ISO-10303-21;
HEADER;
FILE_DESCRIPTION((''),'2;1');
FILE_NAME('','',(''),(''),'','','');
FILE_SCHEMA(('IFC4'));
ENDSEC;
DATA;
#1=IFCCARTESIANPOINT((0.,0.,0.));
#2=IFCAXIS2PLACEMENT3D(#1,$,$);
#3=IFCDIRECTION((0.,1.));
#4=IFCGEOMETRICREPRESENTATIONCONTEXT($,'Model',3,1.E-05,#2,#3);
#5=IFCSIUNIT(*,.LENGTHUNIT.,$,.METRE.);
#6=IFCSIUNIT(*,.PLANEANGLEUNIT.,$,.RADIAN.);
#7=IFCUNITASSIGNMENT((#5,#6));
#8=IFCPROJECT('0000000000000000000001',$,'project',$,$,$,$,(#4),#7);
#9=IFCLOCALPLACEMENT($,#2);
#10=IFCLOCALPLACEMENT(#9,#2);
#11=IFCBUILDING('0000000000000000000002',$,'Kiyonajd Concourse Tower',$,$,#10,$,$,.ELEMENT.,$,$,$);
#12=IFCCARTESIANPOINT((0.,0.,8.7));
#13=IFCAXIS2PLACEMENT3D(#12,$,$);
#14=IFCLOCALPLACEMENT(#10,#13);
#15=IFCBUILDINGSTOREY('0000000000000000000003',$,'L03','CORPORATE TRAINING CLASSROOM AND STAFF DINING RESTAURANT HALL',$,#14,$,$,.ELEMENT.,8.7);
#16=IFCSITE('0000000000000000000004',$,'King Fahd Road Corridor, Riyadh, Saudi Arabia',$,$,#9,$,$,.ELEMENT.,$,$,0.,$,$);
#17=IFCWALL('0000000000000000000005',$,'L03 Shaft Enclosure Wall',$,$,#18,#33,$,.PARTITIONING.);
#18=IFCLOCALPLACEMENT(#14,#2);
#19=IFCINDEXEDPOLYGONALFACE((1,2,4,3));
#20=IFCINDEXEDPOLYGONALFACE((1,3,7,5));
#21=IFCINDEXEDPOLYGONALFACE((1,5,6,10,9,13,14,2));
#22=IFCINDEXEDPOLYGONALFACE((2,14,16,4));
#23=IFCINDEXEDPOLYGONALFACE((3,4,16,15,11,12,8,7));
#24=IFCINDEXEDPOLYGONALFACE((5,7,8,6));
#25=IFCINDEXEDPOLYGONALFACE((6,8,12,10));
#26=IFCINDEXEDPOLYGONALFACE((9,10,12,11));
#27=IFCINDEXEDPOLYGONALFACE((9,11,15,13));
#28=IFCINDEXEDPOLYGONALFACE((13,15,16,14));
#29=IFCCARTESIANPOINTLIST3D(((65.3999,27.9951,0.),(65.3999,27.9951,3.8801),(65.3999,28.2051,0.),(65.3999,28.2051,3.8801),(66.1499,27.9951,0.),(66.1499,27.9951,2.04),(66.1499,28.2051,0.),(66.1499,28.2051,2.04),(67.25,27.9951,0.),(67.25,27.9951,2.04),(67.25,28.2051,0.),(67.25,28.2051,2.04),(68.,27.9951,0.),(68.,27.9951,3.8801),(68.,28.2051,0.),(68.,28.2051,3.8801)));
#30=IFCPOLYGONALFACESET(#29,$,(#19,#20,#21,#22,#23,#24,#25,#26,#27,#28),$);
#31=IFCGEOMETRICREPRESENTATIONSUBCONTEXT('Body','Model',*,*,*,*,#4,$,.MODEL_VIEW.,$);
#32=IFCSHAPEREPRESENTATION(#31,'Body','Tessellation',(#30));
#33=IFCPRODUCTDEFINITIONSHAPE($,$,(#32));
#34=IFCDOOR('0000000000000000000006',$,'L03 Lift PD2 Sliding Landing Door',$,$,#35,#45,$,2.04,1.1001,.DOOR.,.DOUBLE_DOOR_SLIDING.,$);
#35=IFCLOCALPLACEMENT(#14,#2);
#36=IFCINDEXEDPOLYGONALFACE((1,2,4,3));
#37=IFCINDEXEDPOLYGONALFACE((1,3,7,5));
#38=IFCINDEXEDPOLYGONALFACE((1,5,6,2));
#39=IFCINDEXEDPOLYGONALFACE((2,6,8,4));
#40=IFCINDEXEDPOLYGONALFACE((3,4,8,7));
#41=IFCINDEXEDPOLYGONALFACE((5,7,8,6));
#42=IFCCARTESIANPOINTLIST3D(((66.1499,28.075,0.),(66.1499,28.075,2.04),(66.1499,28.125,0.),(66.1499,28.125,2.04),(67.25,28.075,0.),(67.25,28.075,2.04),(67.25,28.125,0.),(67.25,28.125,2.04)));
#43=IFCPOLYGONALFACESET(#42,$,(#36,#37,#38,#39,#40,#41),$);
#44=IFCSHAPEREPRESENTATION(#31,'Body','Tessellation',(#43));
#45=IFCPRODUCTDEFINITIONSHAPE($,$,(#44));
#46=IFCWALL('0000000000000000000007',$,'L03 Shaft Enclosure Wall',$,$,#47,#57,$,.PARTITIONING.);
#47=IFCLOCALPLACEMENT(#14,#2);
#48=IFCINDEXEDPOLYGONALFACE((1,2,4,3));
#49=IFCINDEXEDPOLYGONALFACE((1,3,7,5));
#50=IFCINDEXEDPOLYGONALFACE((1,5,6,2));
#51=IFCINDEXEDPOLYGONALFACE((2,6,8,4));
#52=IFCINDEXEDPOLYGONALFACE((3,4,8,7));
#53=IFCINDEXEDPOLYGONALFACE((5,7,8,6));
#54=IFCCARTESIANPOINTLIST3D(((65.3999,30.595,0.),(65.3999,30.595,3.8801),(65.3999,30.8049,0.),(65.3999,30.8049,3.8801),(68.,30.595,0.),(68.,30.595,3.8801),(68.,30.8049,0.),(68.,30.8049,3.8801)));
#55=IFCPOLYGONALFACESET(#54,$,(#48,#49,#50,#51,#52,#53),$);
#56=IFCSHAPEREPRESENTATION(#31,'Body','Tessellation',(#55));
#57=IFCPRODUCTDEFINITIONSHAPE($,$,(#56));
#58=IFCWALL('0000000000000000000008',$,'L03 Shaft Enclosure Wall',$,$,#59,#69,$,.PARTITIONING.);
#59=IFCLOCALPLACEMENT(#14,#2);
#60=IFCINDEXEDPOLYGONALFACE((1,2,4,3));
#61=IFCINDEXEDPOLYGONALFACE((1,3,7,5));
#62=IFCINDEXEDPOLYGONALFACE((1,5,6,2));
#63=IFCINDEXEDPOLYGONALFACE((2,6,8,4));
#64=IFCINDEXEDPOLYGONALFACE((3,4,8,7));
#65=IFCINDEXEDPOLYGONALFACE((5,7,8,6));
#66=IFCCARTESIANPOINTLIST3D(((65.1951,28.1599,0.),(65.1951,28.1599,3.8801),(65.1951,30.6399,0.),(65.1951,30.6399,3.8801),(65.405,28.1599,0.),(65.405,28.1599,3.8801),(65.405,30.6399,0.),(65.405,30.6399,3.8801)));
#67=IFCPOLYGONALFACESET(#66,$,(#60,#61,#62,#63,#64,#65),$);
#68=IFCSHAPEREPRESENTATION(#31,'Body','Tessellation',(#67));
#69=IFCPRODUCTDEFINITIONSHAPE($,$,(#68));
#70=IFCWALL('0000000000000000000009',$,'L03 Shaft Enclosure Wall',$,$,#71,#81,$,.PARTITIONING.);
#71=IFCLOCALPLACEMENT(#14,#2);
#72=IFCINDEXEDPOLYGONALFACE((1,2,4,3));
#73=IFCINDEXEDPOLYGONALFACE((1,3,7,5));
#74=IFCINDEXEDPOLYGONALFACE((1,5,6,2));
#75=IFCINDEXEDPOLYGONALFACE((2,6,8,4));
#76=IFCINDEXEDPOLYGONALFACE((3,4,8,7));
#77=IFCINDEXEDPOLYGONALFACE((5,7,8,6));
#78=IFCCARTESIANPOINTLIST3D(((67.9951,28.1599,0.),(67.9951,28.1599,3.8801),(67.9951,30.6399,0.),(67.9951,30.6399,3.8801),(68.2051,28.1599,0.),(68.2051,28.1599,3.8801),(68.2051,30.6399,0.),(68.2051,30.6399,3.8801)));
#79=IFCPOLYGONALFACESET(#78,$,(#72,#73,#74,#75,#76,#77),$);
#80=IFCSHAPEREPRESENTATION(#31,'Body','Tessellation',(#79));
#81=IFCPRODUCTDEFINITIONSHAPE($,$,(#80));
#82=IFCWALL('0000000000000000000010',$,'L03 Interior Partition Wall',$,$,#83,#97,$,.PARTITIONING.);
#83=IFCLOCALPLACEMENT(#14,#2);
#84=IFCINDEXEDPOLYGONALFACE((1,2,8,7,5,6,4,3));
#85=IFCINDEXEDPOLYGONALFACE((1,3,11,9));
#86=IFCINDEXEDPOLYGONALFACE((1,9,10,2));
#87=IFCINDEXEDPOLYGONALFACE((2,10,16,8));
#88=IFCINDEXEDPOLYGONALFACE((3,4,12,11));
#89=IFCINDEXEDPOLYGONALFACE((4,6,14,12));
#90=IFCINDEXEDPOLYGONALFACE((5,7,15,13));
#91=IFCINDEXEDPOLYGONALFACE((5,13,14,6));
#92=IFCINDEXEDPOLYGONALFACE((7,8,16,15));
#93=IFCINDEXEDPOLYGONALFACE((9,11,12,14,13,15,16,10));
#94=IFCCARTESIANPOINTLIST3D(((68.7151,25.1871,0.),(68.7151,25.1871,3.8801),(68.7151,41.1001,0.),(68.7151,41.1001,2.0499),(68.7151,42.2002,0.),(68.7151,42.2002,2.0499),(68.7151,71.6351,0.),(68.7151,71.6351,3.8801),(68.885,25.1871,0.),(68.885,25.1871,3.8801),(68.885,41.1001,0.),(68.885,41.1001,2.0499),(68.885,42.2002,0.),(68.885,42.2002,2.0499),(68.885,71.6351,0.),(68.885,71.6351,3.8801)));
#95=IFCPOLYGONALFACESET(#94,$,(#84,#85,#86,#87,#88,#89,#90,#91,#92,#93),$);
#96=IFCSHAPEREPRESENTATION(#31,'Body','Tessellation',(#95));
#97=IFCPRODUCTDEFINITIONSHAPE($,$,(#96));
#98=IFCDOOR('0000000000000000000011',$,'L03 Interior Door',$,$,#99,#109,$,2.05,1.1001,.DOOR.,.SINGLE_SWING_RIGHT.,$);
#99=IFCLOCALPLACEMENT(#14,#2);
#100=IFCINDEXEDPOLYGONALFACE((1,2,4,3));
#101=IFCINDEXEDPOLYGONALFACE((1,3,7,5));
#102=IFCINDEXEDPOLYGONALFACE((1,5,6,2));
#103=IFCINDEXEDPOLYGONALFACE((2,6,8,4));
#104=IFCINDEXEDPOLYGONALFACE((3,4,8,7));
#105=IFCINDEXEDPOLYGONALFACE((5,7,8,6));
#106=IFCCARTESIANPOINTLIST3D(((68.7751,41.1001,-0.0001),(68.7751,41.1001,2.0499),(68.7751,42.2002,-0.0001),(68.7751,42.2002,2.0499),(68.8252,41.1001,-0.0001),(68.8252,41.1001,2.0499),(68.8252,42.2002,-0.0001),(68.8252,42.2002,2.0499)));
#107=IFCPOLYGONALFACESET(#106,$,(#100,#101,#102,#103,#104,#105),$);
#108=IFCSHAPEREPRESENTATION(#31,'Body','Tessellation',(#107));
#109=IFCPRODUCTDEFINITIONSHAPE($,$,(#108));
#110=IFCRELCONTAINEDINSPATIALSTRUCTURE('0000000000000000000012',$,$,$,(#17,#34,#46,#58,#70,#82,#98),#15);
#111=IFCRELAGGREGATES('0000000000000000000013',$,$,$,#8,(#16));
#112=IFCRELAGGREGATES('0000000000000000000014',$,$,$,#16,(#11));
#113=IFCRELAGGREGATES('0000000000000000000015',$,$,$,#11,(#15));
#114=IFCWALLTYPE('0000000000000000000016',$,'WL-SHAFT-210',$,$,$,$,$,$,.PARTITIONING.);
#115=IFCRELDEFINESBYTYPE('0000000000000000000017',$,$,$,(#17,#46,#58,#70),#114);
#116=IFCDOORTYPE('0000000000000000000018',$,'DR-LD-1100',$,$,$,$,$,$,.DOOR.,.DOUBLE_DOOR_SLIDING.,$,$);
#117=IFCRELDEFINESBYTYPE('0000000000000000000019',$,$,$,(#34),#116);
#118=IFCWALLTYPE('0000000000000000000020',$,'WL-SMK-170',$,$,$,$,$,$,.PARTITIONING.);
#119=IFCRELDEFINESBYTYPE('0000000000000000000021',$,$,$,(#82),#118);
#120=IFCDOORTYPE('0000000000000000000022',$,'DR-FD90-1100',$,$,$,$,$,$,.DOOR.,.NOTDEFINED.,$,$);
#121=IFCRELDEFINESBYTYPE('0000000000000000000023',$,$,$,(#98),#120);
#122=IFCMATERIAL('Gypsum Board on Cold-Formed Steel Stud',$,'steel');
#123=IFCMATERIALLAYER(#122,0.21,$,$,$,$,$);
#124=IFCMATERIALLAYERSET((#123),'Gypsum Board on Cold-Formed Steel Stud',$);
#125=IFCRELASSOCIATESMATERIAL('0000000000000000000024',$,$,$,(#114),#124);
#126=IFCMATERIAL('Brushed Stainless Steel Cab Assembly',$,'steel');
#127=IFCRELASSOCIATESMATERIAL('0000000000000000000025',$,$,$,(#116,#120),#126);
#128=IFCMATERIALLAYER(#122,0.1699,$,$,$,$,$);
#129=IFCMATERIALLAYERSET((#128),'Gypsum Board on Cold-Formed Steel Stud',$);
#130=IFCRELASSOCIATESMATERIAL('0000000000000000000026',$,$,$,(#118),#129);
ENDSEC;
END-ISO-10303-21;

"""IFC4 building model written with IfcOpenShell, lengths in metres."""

from ifc_helpers import new_model, si_unit, direction, frame, frame_2d, origin, place, context, subcontext, project, spatial, rectangle, extrude, material, layer, layer_set, type_object, element, fill, save


model = new_model("IFC4")

# Units and contexts
model_context = context("Model", 3, precision=1e-05, world=origin(), true_north=direction((0.0, 1.0)))
body_context = subcontext(model_context, "Body", "Model", "MODEL_VIEW")
ifc_project = project(units=[si_unit("LENGTHUNIT", "METRE"), si_unit("PLANEANGLEUNIT", "RADIAN")], contexts=[model_context])

# Site, building, storey
site_placement = place(None, origin())
site = spatial("IfcSite", under=ifc_project, at=site_placement, Name="King Fahd Road Corridor, Riyadh, Saudi Arabia", CompositionType="ELEMENT", RefElevation=0.0)
building_placement = place(site_placement, origin())
building = spatial("IfcBuilding", under=site, at=building_placement, Name="Kiyonajd Concourse Tower", CompositionType="ELEMENT")
storey_placement = place(building_placement, frame((0.0, 0.0, 8.7)))
storey = spatial("IfcBuildingStorey", under=building, at=storey_placement, Name="L03", Description="CORPORATE TRAINING CLASSROOM AND STAFF DINING RESTAURANT HALL", CompositionType="ELEMENT", Elevation=8.7)

# Wall, opening, door
ifc_material_1 = material(Name="Gypsum Board on Cold-Formed Steel Stud", Category="steel")
ifc_layer_1 = layer(ifc_material_1, 0.21)
ifc_layer_set_1 = layer_set([ifc_layer_1], Name="Gypsum Board on Cold-Formed Steel Stud")
wall_type_1 = type_object("IfcWallType", Name="WL-SHAFT-210", PredefinedType="PARTITIONING", material=ifc_layer_set_1)
wall_1_placement = place(storey_placement, frame((65.3999, 28.1001, 0.0), z_axis=(0.0, 0.0, 1.0), x_axis=(1.0, 0.0, 0.0)))
wall_1 = element("IfcWall", 1, at=wall_1_placement, inside=storey, type_object=wall_type_1, Name="L03 Shaft Enclosure Wall", PredefinedType="PARTITIONING", context=body_context, shape_type="SweptSolid", body=[
    extrude(rectangle(XDim=2.6001, YDim=0.21, at=frame_2d((1.3, 0.0))), origin(), (0.0, 0.0, 1.0), 3.8801),
])
opening_1_placement = place(wall_1_placement, frame((0.75, 0.0, 0.0)))
opening_1 = element("IfcOpeningElement", 2, at=opening_1_placement, cuts=wall_1, PredefinedType="OPENING", context=body_context, shape_type="SweptSolid", body=[
    extrude(rectangle(XDim=1.1001, YDim=2.04, at=frame_2d((0.55, 1.02))), frame((0.0, 0.115, 0.0), z_axis=(0.0, -1.0, 0.0), x_axis=(1.0, 0.0, 0.0)), (0.0, 0.0, 1.0), 0.23),
])
ifc_material_2 = material(Name="Brushed Stainless Steel Cab Assembly", Category="steel")
door_type_1 = type_object("IfcDoorType", Name="DR-LD-1100", OperationType="DOUBLE_DOOR_SLIDING", PredefinedType="DOOR", material=ifc_material_2)
door_1_placement = place(opening_1_placement, origin())
door_1 = element("IfcDoor", 3, at=door_1_placement, inside=storey, type_object=door_type_1, Name="L03 Lift PD2 Sliding Landing Door", OperationType="DOUBLE_DOOR_SLIDING", OverallHeight=2.04, OverallWidth=1.1001, PredefinedType="DOOR", context=body_context, shape_type="SweptSolid", body=[
    extrude(rectangle(XDim=1.1001, YDim=2.04, at=frame_2d((0.55, 1.02))), frame((0.0, 0.0249, 0.0), z_axis=(0.0, -1.0, 0.0), x_axis=(1.0, 0.0, 0.0)), (0.0, 0.0, 1.0), 0.05),
])
fill(opening_1, door_1)

# Walls
wall_2_placement = place(storey_placement, frame((65.3999, 30.7, 0.0), z_axis=(0.0, 0.0, 1.0), x_axis=(1.0, 0.0, 0.0)))
element("IfcWall", 4, at=wall_2_placement, inside=storey, type_object=wall_type_1, Name="L03 Shaft Enclosure Wall", PredefinedType="PARTITIONING", context=body_context, shape_type="SweptSolid", body=[
    extrude(rectangle(XDim=2.6001, YDim=0.21, at=frame_2d((1.3, 0.0))), origin(), (0.0, 0.0, 1.0), 3.8801),
])
for number, where, z_axis, x_axis, name in (
    (5, (65.3, 28.1599, 0.0), (0.0, 0.0, 1.0), (0.0, 1.0, 0.0), "L03 Shaft Enclosure Wall"),
    (6, (68.1001, 28.1599, 0.0), (0.0, 0.0, 1.0), (0.0, 1.0, 0.0), "L03 Shaft Enclosure Wall"),
):
    element("IfcWall", number, at=place(storey_placement, frame(where, z_axis=z_axis, x_axis=x_axis)), inside=storey, type_object=wall_type_1, Name=name, PredefinedType="PARTITIONING", context=body_context, shape_type="SweptSolid", body=[
        extrude(rectangle(XDim=2.48, YDim=0.21, at=frame_2d((1.24, 0.0))), origin(), (0.0, 0.0, 1.0), 3.8801),
    ])

# Wall, opening, door
ifc_layer_2 = layer(ifc_material_1, 0.1699)
ifc_layer_set_2 = layer_set([ifc_layer_2], Name="Gypsum Board on Cold-Formed Steel Stud")
wall_type_2 = type_object("IfcWallType", Name="WL-SMK-170", PredefinedType="PARTITIONING", material=ifc_layer_set_2)
wall_3_placement = place(storey_placement, frame((68.8, 25.187, 0.0), z_axis=(0.0, 0.0, 1.0), x_axis=(0.0, 1.0, 0.0)))
wall_3 = element("IfcWall", 7, at=wall_3_placement, inside=storey, type_object=wall_type_2, Name="L03 Interior Partition Wall", PredefinedType="PARTITIONING", context=body_context, shape_type="SweptSolid", body=[
    extrude(rectangle(XDim=46.448, YDim=0.1699, at=frame_2d((23.2241, 0.0))), origin(), (0.0, 0.0, 1.0), 3.8801),
])
opening_2_placement = place(wall_3_placement, frame((15.9131, 0.0, 0.0)))
opening_2 = element("IfcOpeningElement", 8, at=opening_2_placement, cuts=wall_3, PredefinedType="OPENING", context=body_context, shape_type="SweptSolid", body=[
    extrude(rectangle(XDim=1.1001, YDim=2.05, at=frame_2d((0.55, 1.0249))), frame((0.0, 0.095, 0.0), z_axis=(0.0, -1.0, 0.0), x_axis=(1.0, 0.0, 0.0)), (0.0, 0.0, 1.0), 0.1899),
])
door_type_2 = type_object("IfcDoorType", Name="DR-FD90-1100", OperationType="NOTDEFINED", PredefinedType="DOOR", material=ifc_material_2)
door_2_placement = place(opening_2_placement, origin())
door_2 = element("IfcDoor", 9, at=door_2_placement, inside=storey, type_object=door_type_2, Name="L03 Interior Door", OperationType="SINGLE_SWING_RIGHT", OverallHeight=2.05, OverallWidth=1.1001, PredefinedType="DOOR", context=body_context, shape_type="SweptSolid", body=[
    extrude(rectangle(XDim=1.1001, YDim=2.05, at=frame_2d((0.55, 1.0249))), frame((0.0, 0.0249, 0.0), z_axis=(0.0, -1.0, 0.0), x_axis=(1.0, 0.0, 0.0)), (0.0, 0.0, 1.0), 0.05),
])
fill(opening_2, door_2)

save(model, "model.ifc")
